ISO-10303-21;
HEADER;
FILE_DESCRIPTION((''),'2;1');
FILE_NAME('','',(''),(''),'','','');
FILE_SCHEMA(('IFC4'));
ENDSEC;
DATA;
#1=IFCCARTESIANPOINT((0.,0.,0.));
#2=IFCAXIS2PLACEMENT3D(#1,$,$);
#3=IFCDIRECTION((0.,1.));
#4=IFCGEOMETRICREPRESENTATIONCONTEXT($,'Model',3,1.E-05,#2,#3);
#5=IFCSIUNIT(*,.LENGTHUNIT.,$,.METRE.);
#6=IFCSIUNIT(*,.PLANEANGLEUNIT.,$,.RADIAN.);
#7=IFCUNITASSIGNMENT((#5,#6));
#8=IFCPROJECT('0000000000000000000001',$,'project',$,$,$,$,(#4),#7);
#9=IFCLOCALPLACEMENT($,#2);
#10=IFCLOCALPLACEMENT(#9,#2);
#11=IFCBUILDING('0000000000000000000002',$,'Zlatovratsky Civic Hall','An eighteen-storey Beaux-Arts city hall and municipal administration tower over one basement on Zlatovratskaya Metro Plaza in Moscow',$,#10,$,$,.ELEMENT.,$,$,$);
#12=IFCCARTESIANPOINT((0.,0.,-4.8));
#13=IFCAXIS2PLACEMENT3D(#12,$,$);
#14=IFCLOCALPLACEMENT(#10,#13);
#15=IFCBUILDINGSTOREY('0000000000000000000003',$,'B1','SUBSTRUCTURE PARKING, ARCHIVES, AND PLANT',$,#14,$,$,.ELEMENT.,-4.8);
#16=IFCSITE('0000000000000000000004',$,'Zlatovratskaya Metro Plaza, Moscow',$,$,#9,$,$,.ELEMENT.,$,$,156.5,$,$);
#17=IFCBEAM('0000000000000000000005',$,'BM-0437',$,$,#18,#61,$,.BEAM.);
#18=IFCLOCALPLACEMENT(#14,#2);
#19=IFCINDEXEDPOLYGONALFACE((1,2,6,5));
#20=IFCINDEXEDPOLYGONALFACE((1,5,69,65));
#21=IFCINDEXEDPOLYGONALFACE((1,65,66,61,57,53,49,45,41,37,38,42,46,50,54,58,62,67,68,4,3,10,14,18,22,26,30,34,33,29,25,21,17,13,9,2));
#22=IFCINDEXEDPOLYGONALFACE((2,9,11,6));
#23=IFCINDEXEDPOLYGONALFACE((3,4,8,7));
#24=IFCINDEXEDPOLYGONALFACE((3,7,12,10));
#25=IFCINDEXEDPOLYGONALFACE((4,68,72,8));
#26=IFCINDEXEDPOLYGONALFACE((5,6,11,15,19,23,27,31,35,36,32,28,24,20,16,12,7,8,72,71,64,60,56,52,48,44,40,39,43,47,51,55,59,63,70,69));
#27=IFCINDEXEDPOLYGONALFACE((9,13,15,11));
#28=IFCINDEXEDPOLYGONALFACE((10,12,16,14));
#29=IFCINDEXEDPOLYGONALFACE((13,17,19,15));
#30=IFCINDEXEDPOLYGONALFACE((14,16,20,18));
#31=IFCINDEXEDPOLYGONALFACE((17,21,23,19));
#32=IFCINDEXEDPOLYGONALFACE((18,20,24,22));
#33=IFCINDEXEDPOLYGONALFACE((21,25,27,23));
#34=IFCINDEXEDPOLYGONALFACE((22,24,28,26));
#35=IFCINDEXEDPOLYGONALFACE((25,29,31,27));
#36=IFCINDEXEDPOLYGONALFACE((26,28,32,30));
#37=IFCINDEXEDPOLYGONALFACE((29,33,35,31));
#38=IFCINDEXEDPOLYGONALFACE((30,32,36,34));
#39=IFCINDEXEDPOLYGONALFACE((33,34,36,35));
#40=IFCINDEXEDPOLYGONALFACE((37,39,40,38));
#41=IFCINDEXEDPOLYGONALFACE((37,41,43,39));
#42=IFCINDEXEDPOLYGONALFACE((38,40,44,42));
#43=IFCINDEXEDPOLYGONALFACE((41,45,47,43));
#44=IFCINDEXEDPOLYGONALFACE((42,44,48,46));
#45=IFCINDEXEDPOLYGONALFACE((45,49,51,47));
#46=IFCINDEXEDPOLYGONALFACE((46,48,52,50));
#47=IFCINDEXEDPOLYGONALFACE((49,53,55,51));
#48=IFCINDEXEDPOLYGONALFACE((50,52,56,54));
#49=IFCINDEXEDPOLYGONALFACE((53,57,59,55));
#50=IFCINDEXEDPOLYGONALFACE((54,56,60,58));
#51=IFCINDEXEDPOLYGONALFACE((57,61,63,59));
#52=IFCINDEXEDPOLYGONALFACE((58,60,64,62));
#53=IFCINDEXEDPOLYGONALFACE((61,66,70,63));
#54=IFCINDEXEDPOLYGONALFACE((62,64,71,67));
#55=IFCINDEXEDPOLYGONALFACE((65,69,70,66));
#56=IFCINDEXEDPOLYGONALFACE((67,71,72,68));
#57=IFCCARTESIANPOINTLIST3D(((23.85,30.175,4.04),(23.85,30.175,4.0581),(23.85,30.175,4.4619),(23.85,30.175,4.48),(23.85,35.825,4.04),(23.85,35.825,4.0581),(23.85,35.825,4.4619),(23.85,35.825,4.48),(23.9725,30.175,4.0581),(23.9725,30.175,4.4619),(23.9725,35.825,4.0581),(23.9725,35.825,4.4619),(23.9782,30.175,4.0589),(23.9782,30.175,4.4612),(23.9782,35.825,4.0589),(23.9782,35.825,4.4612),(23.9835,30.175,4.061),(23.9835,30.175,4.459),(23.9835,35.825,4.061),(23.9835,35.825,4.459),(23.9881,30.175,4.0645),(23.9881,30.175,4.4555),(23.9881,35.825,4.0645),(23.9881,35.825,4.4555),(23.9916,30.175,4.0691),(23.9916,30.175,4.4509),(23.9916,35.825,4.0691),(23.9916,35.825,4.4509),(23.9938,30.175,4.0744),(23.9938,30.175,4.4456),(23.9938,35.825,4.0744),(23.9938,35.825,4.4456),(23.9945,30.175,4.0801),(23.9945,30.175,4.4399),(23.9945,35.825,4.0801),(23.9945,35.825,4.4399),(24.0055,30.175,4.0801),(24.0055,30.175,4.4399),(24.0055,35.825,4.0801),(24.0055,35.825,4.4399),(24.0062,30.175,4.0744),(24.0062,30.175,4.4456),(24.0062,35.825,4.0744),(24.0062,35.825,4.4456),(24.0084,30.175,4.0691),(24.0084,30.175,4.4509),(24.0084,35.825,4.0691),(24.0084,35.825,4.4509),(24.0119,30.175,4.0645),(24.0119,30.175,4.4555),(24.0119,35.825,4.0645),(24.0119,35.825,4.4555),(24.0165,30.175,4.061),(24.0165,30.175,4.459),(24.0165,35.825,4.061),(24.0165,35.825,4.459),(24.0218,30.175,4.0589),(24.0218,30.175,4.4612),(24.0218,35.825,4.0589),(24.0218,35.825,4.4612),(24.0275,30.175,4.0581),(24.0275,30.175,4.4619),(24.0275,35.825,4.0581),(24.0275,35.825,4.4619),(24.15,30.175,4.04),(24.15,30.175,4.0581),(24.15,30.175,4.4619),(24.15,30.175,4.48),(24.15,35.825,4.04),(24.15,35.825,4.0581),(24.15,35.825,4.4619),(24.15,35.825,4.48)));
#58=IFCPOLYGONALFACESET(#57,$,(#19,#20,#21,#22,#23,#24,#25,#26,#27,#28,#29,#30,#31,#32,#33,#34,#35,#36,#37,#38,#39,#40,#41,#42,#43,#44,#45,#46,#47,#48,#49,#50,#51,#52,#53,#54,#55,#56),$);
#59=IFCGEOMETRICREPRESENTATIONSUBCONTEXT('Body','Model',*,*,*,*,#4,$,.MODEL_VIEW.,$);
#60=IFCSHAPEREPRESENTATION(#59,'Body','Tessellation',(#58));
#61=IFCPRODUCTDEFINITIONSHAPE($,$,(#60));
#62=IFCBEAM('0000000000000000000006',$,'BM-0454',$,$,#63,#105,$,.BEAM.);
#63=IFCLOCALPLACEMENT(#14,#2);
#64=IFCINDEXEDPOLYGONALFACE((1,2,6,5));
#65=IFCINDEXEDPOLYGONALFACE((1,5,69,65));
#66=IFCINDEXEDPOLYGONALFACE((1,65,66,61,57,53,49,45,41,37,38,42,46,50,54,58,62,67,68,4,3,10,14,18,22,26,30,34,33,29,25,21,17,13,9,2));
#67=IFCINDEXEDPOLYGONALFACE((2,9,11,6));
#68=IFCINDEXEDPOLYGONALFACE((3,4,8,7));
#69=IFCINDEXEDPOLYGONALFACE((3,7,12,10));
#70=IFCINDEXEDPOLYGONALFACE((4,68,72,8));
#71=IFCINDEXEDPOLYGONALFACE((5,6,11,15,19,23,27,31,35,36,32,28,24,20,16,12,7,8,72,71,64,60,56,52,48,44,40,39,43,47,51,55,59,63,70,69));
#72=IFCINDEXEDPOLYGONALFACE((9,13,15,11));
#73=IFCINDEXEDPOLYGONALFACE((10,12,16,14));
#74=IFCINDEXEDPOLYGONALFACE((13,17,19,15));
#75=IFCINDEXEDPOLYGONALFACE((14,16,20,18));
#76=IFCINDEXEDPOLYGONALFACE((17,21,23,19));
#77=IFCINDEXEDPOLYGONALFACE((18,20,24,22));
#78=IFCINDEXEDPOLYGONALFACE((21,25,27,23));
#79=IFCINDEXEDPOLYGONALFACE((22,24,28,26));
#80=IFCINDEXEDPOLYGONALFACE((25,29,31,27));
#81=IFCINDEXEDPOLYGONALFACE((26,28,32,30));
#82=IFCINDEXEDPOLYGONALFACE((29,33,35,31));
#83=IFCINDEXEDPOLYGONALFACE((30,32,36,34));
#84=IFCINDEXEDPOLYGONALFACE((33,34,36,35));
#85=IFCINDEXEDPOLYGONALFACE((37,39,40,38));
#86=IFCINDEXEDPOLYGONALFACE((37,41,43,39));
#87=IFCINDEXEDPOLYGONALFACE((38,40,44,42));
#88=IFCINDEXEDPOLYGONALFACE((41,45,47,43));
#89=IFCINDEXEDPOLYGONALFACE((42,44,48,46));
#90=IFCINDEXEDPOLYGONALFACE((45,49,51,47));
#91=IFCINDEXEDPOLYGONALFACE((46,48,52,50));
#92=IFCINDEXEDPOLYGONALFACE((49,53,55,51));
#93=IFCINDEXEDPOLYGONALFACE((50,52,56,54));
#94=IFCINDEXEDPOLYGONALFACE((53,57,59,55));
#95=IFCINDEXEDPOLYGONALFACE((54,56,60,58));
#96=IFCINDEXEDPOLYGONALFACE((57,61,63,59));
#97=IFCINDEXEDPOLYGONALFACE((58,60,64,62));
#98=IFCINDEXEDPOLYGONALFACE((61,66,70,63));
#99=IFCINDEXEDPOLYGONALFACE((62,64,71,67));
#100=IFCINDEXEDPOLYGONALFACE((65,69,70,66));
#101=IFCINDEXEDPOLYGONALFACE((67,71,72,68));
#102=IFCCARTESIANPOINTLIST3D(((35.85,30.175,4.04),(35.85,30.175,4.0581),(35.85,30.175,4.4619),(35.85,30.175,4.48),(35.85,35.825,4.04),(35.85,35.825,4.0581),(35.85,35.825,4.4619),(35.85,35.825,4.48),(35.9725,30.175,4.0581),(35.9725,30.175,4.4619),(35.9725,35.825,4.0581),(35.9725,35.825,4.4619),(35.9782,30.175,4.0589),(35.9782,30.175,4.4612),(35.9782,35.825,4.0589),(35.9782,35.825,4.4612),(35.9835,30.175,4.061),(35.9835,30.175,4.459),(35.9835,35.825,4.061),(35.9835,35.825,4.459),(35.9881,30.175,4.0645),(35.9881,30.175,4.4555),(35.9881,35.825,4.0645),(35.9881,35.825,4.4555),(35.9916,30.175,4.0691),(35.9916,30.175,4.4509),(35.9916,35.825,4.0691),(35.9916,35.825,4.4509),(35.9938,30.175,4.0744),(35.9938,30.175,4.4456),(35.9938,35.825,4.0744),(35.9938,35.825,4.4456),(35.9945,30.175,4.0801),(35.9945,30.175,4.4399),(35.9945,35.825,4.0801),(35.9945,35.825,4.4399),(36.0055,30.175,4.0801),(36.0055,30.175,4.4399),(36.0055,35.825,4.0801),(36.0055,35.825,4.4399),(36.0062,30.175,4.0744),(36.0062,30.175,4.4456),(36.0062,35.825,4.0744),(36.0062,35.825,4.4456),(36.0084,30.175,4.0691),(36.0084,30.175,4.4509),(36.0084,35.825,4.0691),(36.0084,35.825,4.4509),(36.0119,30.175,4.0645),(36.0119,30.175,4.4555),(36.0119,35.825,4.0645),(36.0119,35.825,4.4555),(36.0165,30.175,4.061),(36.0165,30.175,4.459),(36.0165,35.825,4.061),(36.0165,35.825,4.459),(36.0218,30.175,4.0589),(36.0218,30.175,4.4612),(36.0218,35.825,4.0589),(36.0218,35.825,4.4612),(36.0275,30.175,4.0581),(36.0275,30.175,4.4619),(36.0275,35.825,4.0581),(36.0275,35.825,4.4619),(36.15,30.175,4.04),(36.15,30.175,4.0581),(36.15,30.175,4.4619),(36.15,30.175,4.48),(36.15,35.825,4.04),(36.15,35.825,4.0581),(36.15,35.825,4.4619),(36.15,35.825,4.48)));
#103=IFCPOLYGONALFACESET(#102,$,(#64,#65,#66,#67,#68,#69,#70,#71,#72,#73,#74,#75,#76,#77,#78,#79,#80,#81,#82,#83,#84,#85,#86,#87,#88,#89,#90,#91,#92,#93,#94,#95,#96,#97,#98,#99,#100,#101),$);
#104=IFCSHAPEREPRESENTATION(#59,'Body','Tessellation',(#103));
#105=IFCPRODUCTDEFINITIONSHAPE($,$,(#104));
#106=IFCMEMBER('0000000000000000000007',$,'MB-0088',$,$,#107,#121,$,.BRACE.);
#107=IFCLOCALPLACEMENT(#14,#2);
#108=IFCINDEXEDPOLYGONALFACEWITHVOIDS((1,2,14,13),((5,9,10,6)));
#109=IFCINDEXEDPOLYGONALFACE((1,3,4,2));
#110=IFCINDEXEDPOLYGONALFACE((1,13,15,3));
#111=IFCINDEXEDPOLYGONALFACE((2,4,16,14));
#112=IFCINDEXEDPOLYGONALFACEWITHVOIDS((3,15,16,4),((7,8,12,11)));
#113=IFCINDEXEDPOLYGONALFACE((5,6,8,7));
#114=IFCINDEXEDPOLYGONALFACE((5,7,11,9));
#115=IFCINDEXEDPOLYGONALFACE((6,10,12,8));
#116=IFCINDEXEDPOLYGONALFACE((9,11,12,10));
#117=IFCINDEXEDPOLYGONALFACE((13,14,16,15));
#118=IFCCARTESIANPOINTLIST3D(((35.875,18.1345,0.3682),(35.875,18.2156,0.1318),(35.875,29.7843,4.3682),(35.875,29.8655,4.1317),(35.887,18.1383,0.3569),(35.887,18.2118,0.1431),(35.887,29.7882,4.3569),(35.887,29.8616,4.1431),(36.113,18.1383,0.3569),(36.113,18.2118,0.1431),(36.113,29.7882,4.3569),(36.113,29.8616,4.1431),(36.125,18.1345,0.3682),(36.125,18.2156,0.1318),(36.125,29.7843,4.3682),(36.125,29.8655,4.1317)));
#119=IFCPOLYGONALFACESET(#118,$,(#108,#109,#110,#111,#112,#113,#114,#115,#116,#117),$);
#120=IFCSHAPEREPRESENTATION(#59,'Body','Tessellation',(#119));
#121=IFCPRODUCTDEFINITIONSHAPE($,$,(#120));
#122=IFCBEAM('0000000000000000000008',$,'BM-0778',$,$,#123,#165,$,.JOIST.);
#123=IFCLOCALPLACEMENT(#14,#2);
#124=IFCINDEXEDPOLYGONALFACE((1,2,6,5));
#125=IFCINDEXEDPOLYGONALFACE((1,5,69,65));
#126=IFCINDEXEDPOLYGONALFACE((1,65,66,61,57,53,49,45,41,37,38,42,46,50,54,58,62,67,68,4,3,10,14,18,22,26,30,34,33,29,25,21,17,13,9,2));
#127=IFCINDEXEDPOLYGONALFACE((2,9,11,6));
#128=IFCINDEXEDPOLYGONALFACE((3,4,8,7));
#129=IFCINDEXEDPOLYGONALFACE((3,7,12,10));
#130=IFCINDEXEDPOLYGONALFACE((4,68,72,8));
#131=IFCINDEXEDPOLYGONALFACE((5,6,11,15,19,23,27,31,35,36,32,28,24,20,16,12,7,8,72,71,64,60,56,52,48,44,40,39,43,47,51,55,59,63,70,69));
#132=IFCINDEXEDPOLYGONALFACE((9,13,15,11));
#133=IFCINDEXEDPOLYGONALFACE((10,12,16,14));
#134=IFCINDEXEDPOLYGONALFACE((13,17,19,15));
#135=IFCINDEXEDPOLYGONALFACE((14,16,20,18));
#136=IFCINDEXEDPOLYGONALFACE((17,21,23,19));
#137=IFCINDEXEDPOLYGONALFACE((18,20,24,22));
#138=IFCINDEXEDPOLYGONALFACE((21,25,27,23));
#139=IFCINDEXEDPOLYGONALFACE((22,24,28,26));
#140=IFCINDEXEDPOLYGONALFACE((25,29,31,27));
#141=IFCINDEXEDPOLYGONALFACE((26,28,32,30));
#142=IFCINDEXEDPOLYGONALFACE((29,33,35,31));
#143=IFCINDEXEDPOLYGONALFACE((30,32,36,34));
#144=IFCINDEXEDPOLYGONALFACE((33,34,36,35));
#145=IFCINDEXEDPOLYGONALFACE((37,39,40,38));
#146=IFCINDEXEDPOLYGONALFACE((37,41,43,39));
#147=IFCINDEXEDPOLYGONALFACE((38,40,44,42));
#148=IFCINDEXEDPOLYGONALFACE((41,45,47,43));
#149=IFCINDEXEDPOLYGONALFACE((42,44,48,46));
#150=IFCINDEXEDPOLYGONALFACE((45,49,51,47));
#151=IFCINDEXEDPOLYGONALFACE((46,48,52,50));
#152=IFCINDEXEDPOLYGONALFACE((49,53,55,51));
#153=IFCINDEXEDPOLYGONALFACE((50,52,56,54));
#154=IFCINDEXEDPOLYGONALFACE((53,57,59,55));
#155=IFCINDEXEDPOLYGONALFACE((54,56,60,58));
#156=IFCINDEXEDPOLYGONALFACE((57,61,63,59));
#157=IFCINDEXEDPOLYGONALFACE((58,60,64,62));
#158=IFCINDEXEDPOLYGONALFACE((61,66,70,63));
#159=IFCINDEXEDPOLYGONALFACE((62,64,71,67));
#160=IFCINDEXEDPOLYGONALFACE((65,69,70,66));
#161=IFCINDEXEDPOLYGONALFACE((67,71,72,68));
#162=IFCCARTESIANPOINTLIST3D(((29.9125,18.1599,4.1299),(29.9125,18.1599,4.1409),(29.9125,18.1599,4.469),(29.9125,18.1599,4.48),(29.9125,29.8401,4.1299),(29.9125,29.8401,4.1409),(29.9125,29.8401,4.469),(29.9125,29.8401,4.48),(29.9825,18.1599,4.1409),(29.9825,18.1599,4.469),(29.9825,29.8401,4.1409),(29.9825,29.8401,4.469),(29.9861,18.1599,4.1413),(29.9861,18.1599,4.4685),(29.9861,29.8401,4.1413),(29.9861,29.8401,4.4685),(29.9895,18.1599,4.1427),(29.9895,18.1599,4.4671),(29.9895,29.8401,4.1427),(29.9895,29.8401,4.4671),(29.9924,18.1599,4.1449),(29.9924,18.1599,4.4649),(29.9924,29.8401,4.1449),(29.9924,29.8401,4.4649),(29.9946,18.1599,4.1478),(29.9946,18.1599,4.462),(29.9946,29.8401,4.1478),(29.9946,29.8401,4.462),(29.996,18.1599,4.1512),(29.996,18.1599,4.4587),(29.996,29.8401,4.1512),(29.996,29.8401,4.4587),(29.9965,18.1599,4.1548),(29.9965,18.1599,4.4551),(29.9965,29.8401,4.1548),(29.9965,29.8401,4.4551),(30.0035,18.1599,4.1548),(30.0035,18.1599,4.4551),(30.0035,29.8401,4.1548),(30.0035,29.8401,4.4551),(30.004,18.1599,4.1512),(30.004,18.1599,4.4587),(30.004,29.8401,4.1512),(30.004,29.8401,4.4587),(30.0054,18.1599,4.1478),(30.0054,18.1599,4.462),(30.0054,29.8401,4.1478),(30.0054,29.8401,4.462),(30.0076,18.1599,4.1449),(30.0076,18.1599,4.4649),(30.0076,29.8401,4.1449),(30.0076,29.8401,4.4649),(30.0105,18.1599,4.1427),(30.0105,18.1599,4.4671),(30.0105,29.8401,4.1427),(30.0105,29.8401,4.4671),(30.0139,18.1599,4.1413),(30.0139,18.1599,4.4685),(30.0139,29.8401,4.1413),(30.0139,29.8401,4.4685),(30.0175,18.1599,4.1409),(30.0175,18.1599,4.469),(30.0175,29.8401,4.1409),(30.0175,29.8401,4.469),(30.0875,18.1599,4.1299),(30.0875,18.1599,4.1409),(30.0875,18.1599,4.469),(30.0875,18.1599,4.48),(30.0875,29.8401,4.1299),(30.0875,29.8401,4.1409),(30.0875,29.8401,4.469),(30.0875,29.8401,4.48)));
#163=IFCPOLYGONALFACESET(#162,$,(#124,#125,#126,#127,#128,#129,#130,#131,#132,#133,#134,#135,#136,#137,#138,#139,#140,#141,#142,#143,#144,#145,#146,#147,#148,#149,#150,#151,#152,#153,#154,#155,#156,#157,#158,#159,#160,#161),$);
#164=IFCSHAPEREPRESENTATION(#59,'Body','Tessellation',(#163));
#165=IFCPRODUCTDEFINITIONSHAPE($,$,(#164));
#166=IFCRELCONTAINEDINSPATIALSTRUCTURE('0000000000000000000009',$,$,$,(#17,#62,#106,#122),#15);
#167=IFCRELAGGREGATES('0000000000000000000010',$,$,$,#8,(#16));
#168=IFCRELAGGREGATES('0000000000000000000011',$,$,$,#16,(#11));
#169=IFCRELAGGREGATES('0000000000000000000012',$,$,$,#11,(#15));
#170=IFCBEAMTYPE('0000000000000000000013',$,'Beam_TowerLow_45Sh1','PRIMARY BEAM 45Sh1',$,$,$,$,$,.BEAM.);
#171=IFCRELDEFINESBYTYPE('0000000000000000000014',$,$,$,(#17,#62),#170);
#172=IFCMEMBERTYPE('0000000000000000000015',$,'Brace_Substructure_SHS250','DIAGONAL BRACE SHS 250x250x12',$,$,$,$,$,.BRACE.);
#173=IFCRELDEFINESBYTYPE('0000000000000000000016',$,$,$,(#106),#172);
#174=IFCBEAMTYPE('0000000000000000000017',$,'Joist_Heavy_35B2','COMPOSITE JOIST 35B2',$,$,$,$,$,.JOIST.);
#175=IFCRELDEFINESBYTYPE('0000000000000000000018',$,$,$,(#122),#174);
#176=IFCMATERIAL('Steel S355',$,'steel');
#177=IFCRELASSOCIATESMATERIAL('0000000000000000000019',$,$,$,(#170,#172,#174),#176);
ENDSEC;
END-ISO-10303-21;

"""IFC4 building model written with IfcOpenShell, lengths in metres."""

from ifc_helpers import new_model, si_unit, direction, frame, origin, origin_2d, place, context, subcontext, project, spatial, hollow_rectangle, i_section, extrude, material, material_profile, profile_set, type_object, element, save


model = new_model("IFC4")

# Units and contexts
model_context = context("Model", 3, precision=1e-05, world=origin(), true_north=direction((0.0, 1.0)))
body_context = subcontext(model_context, "Body", "Model", "MODEL_VIEW")
ifc_project = project(units=[si_unit("LENGTHUNIT", "METRE"), si_unit("PLANEANGLEUNIT", "RADIAN")], contexts=[model_context])

# Site, building, storey
site_placement = place(None, origin())
site = spatial("IfcSite", under=ifc_project, at=site_placement, Name="Zlatovratskaya Metro Plaza, Moscow", CompositionType="ELEMENT", RefElevation=156.5)
building_placement = place(site_placement, origin())
building = spatial("IfcBuilding", under=site, at=building_placement, Name="Zlatovratsky Civic Hall", Description="An eighteen-storey Beaux-Arts city hall and municipal administration tower over one basement on Zlatovratskaya Metro Plaza in Moscow", CompositionType="ELEMENT")
storey_placement = place(building_placement, frame((0.0, 0.0, -4.8)))
storey = spatial("IfcBuildingStorey", under=building, at=storey_placement, Name="B1", Description="SUBSTRUCTURE PARKING, ARCHIVES, AND PLANT", CompositionType="ELEMENT", Elevation=-4.8)

# Shared definitions
ifc_material_1 = material(Name="Steel S355", Category="steel")

# Beams
ifc_material_profile_1 = material_profile(ifc_material_1, i_section(OverallWidth=0.3, OverallDepth=0.4399, WebThickness=0.011, FlangeThickness=0.0181, FilletRadius=0.022, at=origin_2d()), Name="45Sh1")
ifc_profile_set_1 = profile_set([ifc_material_profile_1], Name="Steel S355")
beam_type_1 = type_object("IfcBeamType", Name="Beam_TowerLow_45Sh1", Description="PRIMARY BEAM 45Sh1", PredefinedType="BEAM", material=ifc_profile_set_1)
for number, where, z_axis, x_axis, name in (
    (1, (24.0, 30.175, 4.26), (0.0, 1.0, 0.0), (-1.0, 0.0, 0.0), "BM-0437"),
    (2, (36.0, 30.175, 4.26), (0.0, 1.0, 0.0), (-1.0, 0.0, 0.0), "BM-0454"),
):
    element("IfcBeam", number, at=place(storey_placement, frame(where, z_axis=z_axis, x_axis=x_axis)), inside=storey, type_object=beam_type_1, Name=name, PredefinedType="BEAM", context=body_context, shape_type="SweptSolid", body=[
        extrude(i_section(OverallWidth=0.3, OverallDepth=0.4399, WebThickness=0.011, FlangeThickness=0.0181, FilletRadius=0.022, at=origin_2d()), origin(), (0.0, 0.0, 1.0), 5.6499),
    ])

# Member
ifc_material_profile_2 = material_profile(ifc_material_1, hollow_rectangle(XDim=0.25, YDim=0.25, WallThickness=0.012, at=origin_2d()), Name="SHS 250x250x12")
ifc_profile_set_2 = profile_set([ifc_material_profile_2], Name="Steel S355")
member_type = type_object("IfcMemberType", Name="Brace_Substructure_SHS250", Description="DIAGONAL BRACE SHS 250x250x12", PredefinedType="BRACE", material=ifc_profile_set_2)
member_placement = place(storey_placement, frame((36.0, 18.175, 0.25), z_axis=(0.0, 0.945803, 0.324742), x_axis=(-1.0, 0.0, 0.0)))
element("IfcMember", 3, at=member_placement, inside=storey, type_object=member_type, Name="MB-0088", PredefinedType="BRACE", context=body_context, shape_type="SweptSolid", body=[
    extrude(hollow_rectangle(XDim=0.25, YDim=0.25, WallThickness=0.012, at=origin_2d()), origin(), (0.0, 0.0, 1.0), 12.3174),
])

# Beam
ifc_material_profile_3 = material_profile(ifc_material_1, i_section(OverallWidth=0.175, OverallDepth=0.3501, WebThickness=0.0071, FlangeThickness=0.011, FilletRadius=0.0139, at=origin_2d()), Name="35B2")
ifc_profile_set_3 = profile_set([ifc_material_profile_3], Name="Steel S355")
beam_type_2 = type_object("IfcBeamType", Name="Joist_Heavy_35B2", Description="COMPOSITE JOIST 35B2", PredefinedType="JOIST", material=ifc_profile_set_3)
for number, where, z_axis, x_axis, name in (
    (4, (30.0, 18.1599, 4.3049), (0.0, 1.0, 0.0), (-1.0, 0.0, 0.0), "BM-0778"),
):
    element("IfcBeam", number, at=place(storey_placement, frame(where, z_axis=z_axis, x_axis=x_axis)), inside=storey, type_object=beam_type_2, Name=name, PredefinedType="JOIST", context=body_context, shape_type="SweptSolid", body=[
        extrude(i_section(OverallWidth=0.175, OverallDepth=0.3501, WebThickness=0.0071, FlangeThickness=0.011, FilletRadius=0.0139, at=origin_2d()), origin(), (0.0, 0.0, 1.0), 11.6802),
    ])

save(model, "model.ifc")
